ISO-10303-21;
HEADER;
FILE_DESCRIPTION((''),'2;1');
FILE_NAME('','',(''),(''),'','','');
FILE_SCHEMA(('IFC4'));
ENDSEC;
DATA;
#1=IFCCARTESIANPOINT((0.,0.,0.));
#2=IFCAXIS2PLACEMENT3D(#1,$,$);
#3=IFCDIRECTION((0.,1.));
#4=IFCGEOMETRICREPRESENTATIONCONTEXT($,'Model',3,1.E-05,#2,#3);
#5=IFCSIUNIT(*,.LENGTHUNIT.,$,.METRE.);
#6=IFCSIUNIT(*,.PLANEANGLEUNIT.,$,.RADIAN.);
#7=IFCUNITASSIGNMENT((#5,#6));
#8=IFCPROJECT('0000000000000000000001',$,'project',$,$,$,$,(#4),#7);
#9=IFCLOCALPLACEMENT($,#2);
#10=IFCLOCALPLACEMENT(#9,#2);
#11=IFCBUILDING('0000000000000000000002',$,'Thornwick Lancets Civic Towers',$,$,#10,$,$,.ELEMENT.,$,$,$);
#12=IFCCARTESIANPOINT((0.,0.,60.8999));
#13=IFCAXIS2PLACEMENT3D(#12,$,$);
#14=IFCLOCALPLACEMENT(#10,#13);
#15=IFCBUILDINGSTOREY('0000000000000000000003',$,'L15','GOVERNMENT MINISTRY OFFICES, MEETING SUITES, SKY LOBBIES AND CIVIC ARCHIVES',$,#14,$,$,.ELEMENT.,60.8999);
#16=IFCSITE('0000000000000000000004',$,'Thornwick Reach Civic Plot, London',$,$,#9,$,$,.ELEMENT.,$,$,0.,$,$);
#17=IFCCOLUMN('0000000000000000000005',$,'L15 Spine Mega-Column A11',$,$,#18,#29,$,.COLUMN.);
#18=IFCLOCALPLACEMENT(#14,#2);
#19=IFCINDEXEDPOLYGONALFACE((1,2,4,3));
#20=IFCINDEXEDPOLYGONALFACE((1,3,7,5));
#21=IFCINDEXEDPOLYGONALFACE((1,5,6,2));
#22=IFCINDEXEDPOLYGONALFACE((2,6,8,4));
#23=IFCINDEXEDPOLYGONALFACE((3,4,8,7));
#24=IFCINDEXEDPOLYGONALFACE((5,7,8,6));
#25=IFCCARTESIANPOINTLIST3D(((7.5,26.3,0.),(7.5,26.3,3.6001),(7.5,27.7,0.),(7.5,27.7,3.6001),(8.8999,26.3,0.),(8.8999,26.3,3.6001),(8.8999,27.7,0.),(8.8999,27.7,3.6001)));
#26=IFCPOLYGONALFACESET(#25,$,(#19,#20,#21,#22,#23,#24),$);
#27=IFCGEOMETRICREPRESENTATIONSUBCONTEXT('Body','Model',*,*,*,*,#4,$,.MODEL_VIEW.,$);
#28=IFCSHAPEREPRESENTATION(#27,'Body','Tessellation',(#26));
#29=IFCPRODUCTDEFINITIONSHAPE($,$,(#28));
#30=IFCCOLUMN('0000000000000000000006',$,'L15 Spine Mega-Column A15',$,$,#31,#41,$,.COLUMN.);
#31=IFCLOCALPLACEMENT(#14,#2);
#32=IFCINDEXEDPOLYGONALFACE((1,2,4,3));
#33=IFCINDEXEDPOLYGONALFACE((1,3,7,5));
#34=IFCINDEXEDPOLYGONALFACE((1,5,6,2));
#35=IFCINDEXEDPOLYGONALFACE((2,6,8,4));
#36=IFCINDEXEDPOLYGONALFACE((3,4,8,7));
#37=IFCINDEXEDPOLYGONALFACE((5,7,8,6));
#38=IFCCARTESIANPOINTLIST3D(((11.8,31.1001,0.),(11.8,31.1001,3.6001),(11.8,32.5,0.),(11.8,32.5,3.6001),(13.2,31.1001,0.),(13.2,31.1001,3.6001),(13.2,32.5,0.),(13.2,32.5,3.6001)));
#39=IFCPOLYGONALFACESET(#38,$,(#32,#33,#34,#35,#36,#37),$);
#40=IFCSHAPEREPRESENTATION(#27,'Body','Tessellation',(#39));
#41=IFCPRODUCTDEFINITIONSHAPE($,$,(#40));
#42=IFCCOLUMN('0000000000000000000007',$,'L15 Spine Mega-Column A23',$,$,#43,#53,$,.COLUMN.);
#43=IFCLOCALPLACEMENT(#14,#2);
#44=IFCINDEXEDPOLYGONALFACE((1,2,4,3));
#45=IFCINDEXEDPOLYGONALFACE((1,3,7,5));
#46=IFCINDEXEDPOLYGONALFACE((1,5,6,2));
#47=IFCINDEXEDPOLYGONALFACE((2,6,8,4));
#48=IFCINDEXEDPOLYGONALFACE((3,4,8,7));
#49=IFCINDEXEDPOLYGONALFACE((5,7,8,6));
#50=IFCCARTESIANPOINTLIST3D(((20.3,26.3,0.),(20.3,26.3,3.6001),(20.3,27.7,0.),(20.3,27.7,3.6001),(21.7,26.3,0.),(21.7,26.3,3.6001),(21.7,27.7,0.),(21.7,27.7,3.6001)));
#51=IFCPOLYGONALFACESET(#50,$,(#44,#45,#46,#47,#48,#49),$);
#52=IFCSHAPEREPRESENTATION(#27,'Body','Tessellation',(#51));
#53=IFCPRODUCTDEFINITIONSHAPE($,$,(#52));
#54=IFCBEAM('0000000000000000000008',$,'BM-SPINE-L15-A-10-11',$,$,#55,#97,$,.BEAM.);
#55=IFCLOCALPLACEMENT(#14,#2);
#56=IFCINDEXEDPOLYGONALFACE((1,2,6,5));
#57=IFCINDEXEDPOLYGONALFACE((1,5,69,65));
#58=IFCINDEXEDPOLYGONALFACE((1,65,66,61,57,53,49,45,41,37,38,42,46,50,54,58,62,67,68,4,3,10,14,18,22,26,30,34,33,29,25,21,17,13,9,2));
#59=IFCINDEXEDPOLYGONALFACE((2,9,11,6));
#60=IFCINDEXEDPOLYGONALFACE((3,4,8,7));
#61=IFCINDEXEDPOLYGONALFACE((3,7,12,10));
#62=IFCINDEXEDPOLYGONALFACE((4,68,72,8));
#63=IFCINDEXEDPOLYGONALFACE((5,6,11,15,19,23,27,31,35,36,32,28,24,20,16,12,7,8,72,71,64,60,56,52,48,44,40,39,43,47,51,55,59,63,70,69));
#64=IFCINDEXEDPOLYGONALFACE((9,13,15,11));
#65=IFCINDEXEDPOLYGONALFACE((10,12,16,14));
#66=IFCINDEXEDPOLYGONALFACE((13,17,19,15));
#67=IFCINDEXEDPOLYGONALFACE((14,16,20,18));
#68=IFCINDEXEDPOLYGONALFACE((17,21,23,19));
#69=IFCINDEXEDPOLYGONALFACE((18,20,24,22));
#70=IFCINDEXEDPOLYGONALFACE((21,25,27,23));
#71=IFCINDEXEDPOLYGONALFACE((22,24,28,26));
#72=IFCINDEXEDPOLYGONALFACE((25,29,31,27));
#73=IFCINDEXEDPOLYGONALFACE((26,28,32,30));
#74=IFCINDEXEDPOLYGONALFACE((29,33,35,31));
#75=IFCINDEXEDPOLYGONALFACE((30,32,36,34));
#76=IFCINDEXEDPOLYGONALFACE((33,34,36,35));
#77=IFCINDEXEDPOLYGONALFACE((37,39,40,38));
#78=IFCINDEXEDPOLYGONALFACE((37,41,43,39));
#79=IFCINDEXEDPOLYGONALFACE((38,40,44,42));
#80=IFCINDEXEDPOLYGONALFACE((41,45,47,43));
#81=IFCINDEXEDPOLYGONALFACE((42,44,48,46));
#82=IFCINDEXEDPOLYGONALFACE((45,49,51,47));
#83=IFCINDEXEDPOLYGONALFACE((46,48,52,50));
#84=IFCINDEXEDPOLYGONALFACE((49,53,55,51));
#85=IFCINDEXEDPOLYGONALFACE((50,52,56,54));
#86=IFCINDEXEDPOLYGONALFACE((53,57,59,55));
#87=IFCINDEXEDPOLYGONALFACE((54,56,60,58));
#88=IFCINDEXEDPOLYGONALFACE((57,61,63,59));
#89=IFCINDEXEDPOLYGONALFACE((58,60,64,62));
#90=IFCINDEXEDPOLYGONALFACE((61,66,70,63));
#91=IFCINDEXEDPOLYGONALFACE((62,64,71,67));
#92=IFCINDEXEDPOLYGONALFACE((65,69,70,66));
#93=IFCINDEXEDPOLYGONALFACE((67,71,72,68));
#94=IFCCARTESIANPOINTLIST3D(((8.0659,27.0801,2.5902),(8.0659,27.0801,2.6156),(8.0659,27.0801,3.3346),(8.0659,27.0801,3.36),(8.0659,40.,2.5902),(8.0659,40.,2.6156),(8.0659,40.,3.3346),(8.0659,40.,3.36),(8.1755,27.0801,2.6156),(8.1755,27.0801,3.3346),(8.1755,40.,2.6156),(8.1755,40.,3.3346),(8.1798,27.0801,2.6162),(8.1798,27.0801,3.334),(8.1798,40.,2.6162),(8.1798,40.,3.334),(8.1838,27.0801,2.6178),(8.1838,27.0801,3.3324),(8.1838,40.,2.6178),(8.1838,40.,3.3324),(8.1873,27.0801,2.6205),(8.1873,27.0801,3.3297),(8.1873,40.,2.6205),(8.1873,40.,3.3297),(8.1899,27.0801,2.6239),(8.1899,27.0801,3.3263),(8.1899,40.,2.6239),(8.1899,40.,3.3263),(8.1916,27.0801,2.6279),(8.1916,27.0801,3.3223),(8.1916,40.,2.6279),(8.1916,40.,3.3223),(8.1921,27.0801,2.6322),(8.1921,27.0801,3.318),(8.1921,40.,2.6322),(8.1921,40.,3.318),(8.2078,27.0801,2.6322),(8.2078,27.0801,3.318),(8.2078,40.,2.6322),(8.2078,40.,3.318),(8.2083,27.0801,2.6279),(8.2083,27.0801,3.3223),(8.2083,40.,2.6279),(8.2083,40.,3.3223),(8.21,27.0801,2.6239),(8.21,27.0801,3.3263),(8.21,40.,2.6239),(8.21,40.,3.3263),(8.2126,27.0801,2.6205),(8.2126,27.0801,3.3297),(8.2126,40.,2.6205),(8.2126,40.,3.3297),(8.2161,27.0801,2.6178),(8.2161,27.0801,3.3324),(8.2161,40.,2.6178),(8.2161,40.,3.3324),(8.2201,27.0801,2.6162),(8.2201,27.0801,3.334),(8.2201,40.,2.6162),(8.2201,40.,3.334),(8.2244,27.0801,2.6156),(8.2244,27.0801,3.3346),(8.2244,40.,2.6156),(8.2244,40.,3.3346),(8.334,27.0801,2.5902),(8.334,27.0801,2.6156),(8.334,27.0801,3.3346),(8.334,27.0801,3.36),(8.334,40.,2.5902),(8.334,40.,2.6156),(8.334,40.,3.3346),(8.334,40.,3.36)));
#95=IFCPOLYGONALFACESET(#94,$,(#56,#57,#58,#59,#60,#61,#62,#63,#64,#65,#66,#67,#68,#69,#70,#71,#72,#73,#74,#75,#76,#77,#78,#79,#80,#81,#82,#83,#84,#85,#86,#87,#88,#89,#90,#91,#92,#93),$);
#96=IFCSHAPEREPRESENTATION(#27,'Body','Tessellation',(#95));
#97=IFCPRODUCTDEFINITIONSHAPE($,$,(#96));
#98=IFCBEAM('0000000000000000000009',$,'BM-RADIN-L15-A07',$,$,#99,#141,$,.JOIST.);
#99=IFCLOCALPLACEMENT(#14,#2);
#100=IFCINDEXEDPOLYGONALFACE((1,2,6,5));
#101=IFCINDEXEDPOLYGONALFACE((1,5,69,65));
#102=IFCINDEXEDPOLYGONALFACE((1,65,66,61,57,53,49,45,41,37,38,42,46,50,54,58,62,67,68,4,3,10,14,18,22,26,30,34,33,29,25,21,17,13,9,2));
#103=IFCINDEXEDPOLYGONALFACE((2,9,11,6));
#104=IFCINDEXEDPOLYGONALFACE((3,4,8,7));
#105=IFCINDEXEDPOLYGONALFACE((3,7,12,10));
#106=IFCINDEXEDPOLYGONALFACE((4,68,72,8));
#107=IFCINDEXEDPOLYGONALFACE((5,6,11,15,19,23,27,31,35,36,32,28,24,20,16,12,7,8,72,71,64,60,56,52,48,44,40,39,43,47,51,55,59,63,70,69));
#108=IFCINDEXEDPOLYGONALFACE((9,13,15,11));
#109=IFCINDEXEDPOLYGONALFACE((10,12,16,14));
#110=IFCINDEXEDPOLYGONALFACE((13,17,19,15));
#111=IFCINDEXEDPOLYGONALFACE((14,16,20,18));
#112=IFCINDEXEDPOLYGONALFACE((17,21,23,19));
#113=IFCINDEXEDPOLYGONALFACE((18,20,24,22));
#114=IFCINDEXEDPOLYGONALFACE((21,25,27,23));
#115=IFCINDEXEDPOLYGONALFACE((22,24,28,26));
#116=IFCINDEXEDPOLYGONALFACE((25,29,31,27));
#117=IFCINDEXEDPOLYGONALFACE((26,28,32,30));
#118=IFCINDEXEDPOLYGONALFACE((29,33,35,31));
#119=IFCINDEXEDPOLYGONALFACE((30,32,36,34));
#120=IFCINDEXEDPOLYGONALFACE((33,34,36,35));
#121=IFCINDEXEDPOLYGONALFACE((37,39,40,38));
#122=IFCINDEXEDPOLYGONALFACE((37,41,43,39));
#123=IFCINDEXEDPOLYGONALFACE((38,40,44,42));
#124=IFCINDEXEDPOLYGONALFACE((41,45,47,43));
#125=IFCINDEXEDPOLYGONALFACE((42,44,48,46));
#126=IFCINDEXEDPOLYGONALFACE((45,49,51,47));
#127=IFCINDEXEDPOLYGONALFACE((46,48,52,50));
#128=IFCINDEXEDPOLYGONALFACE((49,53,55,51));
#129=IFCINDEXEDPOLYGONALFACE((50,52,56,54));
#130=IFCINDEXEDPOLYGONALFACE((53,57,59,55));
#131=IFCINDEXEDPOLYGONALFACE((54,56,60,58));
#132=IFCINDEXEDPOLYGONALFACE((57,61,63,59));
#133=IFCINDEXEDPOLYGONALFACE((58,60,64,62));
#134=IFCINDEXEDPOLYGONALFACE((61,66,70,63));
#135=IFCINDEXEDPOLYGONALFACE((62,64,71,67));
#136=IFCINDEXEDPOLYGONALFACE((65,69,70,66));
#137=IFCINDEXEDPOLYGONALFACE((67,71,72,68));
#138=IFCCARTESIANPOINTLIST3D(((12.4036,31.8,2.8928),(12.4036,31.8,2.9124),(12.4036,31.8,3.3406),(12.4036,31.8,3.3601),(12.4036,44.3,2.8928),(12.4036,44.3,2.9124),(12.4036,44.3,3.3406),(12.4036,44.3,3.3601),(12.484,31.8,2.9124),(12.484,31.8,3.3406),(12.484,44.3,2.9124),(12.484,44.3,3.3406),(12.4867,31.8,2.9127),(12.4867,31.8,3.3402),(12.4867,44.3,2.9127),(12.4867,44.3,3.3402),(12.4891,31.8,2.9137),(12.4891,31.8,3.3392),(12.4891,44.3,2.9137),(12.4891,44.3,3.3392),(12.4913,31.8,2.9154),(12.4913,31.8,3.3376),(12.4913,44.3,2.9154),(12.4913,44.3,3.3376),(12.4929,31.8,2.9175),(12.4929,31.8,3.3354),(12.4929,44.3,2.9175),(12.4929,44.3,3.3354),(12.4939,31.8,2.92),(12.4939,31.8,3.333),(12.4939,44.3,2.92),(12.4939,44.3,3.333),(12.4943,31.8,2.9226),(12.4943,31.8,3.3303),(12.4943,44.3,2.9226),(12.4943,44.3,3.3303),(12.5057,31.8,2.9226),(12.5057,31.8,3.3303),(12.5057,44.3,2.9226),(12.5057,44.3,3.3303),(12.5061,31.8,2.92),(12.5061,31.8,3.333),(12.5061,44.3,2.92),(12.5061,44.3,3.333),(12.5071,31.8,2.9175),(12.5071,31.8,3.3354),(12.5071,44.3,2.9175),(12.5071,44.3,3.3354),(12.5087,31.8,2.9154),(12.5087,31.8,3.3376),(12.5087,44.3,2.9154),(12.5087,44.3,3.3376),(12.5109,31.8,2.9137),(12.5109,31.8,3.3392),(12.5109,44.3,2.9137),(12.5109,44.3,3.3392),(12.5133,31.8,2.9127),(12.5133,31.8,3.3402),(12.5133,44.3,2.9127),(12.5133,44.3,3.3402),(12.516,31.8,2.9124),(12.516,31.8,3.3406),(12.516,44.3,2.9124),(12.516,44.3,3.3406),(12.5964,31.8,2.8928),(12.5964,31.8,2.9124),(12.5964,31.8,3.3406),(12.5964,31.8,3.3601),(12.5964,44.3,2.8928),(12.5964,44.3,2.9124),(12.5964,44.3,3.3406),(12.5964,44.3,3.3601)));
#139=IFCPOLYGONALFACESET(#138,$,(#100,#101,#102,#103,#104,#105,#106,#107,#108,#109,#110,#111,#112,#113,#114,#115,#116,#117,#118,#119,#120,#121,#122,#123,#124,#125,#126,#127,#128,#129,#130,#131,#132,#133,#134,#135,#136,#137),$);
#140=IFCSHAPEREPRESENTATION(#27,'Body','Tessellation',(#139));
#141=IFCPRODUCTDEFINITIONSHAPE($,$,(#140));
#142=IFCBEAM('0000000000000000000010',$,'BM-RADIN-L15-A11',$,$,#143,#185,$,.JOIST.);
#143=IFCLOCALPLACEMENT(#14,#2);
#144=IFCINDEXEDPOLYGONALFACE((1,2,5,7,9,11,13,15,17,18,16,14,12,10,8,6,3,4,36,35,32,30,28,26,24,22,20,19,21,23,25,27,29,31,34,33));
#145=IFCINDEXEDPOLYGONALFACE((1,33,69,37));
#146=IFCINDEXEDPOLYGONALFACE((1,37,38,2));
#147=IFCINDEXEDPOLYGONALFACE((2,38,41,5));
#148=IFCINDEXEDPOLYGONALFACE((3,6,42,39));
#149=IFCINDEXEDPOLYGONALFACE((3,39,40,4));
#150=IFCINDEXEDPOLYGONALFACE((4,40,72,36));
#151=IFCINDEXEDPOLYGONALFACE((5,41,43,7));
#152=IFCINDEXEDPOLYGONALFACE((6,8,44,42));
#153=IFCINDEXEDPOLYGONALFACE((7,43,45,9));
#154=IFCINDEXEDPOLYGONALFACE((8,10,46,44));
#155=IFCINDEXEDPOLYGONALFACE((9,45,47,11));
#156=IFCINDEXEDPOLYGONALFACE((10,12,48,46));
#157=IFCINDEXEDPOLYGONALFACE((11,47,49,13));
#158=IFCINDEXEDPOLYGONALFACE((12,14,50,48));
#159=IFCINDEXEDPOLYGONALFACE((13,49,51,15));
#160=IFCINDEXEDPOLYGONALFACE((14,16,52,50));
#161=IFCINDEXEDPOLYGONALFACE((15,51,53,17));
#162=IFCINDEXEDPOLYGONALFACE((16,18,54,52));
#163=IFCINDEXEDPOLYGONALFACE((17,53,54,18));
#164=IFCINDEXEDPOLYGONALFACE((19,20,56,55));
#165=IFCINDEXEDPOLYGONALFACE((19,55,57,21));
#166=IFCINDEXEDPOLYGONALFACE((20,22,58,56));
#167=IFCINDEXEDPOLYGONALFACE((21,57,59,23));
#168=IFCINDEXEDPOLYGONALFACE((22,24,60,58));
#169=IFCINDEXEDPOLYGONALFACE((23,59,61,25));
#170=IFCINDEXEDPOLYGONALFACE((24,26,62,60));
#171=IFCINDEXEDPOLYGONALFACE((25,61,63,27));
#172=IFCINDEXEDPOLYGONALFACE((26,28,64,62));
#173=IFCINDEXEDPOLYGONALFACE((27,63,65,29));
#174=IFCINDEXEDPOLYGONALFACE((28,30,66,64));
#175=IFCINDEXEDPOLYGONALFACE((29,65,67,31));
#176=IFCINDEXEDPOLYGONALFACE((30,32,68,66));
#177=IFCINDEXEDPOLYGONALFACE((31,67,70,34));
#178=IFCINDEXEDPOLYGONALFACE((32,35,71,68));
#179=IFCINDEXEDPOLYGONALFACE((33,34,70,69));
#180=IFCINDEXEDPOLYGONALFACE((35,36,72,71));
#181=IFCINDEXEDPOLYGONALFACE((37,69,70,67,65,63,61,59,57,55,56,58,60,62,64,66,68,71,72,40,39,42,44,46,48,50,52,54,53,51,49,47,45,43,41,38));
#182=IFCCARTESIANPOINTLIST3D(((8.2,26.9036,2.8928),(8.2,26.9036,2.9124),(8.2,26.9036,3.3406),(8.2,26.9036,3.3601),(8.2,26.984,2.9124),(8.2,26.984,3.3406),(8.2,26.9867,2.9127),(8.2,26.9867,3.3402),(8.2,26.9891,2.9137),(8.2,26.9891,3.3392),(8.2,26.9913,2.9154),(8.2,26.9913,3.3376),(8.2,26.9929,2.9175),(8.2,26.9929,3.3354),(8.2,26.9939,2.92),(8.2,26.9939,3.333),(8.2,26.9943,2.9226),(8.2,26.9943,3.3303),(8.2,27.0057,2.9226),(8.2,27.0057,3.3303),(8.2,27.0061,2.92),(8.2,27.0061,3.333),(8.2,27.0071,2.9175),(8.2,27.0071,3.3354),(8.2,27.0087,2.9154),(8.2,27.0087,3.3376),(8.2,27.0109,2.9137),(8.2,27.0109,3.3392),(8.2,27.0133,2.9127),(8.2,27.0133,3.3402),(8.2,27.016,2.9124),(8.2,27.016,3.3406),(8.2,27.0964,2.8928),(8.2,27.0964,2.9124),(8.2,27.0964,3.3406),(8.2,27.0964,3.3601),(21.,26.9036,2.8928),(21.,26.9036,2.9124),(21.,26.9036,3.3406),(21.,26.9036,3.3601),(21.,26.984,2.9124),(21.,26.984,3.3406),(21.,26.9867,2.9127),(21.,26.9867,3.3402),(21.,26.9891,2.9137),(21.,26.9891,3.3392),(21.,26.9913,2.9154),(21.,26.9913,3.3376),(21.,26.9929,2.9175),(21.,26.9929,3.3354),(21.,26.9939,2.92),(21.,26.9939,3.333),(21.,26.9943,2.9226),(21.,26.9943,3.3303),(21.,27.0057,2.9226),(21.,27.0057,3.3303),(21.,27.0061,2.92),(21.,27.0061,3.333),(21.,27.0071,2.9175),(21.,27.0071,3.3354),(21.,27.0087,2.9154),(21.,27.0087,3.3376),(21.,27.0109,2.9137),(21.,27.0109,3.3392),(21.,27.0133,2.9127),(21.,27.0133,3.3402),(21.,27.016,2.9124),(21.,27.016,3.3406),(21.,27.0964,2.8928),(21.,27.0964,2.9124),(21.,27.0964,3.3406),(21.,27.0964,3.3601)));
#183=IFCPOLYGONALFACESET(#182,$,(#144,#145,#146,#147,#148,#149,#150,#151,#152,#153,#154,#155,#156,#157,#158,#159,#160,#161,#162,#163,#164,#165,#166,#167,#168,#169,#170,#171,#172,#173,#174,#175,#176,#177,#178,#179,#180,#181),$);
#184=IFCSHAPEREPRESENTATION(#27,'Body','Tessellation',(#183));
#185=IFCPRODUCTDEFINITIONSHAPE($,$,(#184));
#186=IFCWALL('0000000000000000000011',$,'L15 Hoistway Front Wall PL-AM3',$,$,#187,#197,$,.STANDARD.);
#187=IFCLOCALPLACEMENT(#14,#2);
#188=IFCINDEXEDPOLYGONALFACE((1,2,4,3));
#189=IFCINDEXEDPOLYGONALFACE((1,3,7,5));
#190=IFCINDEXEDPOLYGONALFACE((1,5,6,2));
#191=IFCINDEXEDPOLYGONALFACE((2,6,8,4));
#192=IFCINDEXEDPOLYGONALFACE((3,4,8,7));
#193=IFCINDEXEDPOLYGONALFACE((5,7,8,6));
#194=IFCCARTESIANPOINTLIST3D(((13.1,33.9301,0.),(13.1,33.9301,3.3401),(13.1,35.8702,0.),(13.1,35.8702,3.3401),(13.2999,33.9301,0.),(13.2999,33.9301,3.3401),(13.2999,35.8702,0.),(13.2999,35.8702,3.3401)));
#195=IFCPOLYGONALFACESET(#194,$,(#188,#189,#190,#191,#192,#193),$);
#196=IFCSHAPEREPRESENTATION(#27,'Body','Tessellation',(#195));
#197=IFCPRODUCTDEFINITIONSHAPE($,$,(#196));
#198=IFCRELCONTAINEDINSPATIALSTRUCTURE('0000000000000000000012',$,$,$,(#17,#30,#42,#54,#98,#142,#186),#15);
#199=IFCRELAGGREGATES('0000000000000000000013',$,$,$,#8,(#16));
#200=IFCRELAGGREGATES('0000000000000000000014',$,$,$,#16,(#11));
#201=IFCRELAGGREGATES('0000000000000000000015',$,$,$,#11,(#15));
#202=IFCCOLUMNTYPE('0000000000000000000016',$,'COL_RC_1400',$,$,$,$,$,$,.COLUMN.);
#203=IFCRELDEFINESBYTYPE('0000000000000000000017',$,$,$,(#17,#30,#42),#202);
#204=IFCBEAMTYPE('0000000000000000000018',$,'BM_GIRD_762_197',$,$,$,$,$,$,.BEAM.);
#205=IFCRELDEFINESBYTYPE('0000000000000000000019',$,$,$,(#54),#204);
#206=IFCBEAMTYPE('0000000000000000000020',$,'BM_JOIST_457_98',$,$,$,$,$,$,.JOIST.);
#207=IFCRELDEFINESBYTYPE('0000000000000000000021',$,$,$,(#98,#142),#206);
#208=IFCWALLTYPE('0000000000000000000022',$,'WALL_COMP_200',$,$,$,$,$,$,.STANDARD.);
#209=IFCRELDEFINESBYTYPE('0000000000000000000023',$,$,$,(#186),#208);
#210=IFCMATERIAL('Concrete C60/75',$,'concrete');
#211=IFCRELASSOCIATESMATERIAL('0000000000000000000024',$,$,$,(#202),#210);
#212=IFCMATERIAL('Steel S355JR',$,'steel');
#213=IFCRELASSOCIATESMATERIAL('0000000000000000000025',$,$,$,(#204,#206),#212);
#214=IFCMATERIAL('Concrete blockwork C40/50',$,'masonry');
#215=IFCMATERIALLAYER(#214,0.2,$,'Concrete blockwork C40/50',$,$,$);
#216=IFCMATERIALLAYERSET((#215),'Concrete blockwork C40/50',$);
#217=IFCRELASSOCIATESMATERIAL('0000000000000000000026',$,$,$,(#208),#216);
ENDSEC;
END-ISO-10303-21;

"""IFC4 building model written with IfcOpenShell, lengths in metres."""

from ifc_helpers import new_model, si_unit, direction, frame, frame_2d, origin, origin_2d, place, context, subcontext, project, spatial, rectangle, i_section, extrude, material, layer, layer_set, material_profile, profile_set, type_object, element, save


model = new_model("IFC4")

# Units and contexts
model_context = context("Model", 3, precision=1e-05, world=origin(), true_north=direction((0.0, 1.0)))
body_context = subcontext(model_context, "Body", "Model", "MODEL_VIEW")
ifc_project = project(units=[si_unit("LENGTHUNIT", "METRE"), si_unit("PLANEANGLEUNIT", "RADIAN")], contexts=[model_context])

# Site, building, storey
site_placement = place(None, origin())
site = spatial("IfcSite", under=ifc_project, at=site_placement, Name="Thornwick Reach Civic Plot, London", CompositionType="ELEMENT", RefElevation=0.0)
building_placement = place(site_placement, origin())
building = spatial("IfcBuilding", under=site, at=building_placement, Name="Thornwick Lancets Civic Towers", CompositionType="ELEMENT")
storey_placement = place(building_placement, frame((0.0, 0.0, 60.8999)))
storey = spatial("IfcBuildingStorey", under=building, at=storey_placement, Name="L15", Description="GOVERNMENT MINISTRY OFFICES, MEETING SUITES, SKY LOBBIES AND CIVIC ARCHIVES", CompositionType="ELEMENT", Elevation=60.8999)

# Columns
ifc_material_1 = material(Name="Concrete C60/75", Category="concrete")
ifc_material_profile_1 = material_profile(ifc_material_1, rectangle(XDim=1.3999, YDim=1.3999, at=origin_2d()), Name="RC 1400x1400")
ifc_profile_set_1 = profile_set([ifc_material_profile_1], Name="Concrete C60/75")
column_type = type_object("IfcColumnType", Name="COL_RC_1400", PredefinedType="COLUMN", material=ifc_profile_set_1)
for number, where, z_axis, x_axis, name in (
    (1, (8.2, 27.0, 0.0), (0.0, 0.0, 1.0), (1.0, 0.0, 0.0), "L15 Spine Mega-Column A11"),
    (2, (12.5, 31.8, 0.0), (0.0, 0.0, 1.0), (1.0, 0.0, 0.0), "L15 Spine Mega-Column A15"),
    (3, (21.0, 27.0, 0.0), (0.0, 0.0, 1.0), (1.0, 0.0, 0.0), "L15 Spine Mega-Column A23"),
):
    element("IfcColumn", number, at=place(storey_placement, frame(where, z_axis=z_axis, x_axis=x_axis)), inside=storey, type_object=column_type, Name=name, PredefinedType="COLUMN", context=body_context, shape_type="SweptSolid", body=[
        extrude(rectangle(XDim=1.3999, YDim=1.3999, at=origin_2d()), origin(), (0.0, 0.0, 1.0), 3.6001),
    ])

# Beams
ifc_material_2 = material(Name="Steel S355JR", Category="steel")
ifc_material_profile_2 = material_profile(ifc_material_2, i_section(OverallWidth=0.2681, OverallDepth=0.7698, WebThickness=0.0156, FlangeThickness=0.0254, FilletRadius=0.0166, at=origin_2d()), Name="UKB 762x267x197")
ifc_profile_set_2 = profile_set([ifc_material_profile_2], Name="Steel S355JR")
beam_type_1 = type_object("IfcBeamType", Name="BM_GIRD_762_197", PredefinedType="BEAM", material=ifc_profile_set_2)
beam_1_placement = place(storey_placement, frame((8.2, 27.0801, 2.9751), z_axis=(0.0, 1.0, 0.0), x_axis=(-1.0, 0.0, 0.0)))
element("IfcBeam", 4, at=beam_1_placement, inside=storey, type_object=beam_type_1, Name="BM-SPINE-L15-A-10-11", PredefinedType="BEAM", context=body_context, shape_type="SweptSolid", body=[
    extrude(i_section(OverallWidth=0.2681, OverallDepth=0.7698, WebThickness=0.0156, FlangeThickness=0.0254, FilletRadius=0.0166, at=origin_2d()), origin(), (0.0, 0.0, 1.0), 12.9199),
])
ifc_material_profile_3 = material_profile(ifc_material_2, i_section(OverallWidth=0.1929, OverallDepth=0.4673, WebThickness=0.0115, FlangeThickness=0.0195, FilletRadius=0.0103, at=origin_2d()), Name="UKB 457x191x98")
ifc_profile_set_3 = profile_set([ifc_material_profile_3], Name="Steel S355JR")
beam_type_2 = type_object("IfcBeamType", Name="BM_JOIST_457_98", PredefinedType="JOIST", material=ifc_profile_set_3)
beam_2_placement = place(storey_placement, frame((12.5, 31.8, 3.1265), z_axis=(0.0, 1.0, 0.0), x_axis=(-1.0, 0.0, 0.0)))
element("IfcBeam", 5, at=beam_2_placement, inside=storey, type_object=beam_type_2, Name="BM-RADIN-L15-A07", PredefinedType="JOIST", context=body_context, shape_type="SweptSolid", body=[
    extrude(i_section(OverallWidth=0.1929, OverallDepth=0.4673, WebThickness=0.0115, FlangeThickness=0.0195, FilletRadius=0.0103, at=origin_2d()), origin(), (0.0, 0.0, 1.0), 12.5),
])
beam_3_placement = place(storey_placement, frame((21.0, 27.0, 3.1265), z_axis=(-1.0, 0.0, 0.0), x_axis=(0.0, -1.0, 0.0)))
element("IfcBeam", 6, at=beam_3_placement, inside=storey, type_object=beam_type_2, Name="BM-RADIN-L15-A11", PredefinedType="JOIST", context=body_context, shape_type="SweptSolid", body=[
    extrude(i_section(OverallWidth=0.1929, OverallDepth=0.4673, WebThickness=0.0115, FlangeThickness=0.0195, FilletRadius=0.0103, at=origin_2d()), origin(), (0.0, 0.0, 1.0), 12.8),
])

# Wall
ifc_material_3 = material(Name="Concrete blockwork C40/50", Category="masonry")
ifc_layer_1 = layer(ifc_material_3, 0.2, Name="Concrete blockwork C40/50")
ifc_layer_set_1 = layer_set([ifc_layer_1], Name="Concrete blockwork C40/50")
wall_type_1 = type_object("IfcWallType", Name="WALL_COMP_200", PredefinedType="STANDARD", material=ifc_layer_set_1)
wall_1_placement = place(storey_placement, frame((13.2, 33.9299, 0.0), z_axis=(0.0, 0.0, 1.0), x_axis=(0.0, 1.0, 0.0)))
element("IfcWall", 7, at=wall_1_placement, inside=storey, type_object=wall_type_1, Name="L15 Hoistway Front Wall PL-AM3", PredefinedType="STANDARD", context=body_context, shape_type="SweptSolid", body=[
    extrude(rectangle(XDim=1.9402, YDim=0.2, at=frame_2d((0.9702, 0.0))), origin(), (0.0, 0.0, 1.0), 3.3401),
])

save(model, "model.ifc")
